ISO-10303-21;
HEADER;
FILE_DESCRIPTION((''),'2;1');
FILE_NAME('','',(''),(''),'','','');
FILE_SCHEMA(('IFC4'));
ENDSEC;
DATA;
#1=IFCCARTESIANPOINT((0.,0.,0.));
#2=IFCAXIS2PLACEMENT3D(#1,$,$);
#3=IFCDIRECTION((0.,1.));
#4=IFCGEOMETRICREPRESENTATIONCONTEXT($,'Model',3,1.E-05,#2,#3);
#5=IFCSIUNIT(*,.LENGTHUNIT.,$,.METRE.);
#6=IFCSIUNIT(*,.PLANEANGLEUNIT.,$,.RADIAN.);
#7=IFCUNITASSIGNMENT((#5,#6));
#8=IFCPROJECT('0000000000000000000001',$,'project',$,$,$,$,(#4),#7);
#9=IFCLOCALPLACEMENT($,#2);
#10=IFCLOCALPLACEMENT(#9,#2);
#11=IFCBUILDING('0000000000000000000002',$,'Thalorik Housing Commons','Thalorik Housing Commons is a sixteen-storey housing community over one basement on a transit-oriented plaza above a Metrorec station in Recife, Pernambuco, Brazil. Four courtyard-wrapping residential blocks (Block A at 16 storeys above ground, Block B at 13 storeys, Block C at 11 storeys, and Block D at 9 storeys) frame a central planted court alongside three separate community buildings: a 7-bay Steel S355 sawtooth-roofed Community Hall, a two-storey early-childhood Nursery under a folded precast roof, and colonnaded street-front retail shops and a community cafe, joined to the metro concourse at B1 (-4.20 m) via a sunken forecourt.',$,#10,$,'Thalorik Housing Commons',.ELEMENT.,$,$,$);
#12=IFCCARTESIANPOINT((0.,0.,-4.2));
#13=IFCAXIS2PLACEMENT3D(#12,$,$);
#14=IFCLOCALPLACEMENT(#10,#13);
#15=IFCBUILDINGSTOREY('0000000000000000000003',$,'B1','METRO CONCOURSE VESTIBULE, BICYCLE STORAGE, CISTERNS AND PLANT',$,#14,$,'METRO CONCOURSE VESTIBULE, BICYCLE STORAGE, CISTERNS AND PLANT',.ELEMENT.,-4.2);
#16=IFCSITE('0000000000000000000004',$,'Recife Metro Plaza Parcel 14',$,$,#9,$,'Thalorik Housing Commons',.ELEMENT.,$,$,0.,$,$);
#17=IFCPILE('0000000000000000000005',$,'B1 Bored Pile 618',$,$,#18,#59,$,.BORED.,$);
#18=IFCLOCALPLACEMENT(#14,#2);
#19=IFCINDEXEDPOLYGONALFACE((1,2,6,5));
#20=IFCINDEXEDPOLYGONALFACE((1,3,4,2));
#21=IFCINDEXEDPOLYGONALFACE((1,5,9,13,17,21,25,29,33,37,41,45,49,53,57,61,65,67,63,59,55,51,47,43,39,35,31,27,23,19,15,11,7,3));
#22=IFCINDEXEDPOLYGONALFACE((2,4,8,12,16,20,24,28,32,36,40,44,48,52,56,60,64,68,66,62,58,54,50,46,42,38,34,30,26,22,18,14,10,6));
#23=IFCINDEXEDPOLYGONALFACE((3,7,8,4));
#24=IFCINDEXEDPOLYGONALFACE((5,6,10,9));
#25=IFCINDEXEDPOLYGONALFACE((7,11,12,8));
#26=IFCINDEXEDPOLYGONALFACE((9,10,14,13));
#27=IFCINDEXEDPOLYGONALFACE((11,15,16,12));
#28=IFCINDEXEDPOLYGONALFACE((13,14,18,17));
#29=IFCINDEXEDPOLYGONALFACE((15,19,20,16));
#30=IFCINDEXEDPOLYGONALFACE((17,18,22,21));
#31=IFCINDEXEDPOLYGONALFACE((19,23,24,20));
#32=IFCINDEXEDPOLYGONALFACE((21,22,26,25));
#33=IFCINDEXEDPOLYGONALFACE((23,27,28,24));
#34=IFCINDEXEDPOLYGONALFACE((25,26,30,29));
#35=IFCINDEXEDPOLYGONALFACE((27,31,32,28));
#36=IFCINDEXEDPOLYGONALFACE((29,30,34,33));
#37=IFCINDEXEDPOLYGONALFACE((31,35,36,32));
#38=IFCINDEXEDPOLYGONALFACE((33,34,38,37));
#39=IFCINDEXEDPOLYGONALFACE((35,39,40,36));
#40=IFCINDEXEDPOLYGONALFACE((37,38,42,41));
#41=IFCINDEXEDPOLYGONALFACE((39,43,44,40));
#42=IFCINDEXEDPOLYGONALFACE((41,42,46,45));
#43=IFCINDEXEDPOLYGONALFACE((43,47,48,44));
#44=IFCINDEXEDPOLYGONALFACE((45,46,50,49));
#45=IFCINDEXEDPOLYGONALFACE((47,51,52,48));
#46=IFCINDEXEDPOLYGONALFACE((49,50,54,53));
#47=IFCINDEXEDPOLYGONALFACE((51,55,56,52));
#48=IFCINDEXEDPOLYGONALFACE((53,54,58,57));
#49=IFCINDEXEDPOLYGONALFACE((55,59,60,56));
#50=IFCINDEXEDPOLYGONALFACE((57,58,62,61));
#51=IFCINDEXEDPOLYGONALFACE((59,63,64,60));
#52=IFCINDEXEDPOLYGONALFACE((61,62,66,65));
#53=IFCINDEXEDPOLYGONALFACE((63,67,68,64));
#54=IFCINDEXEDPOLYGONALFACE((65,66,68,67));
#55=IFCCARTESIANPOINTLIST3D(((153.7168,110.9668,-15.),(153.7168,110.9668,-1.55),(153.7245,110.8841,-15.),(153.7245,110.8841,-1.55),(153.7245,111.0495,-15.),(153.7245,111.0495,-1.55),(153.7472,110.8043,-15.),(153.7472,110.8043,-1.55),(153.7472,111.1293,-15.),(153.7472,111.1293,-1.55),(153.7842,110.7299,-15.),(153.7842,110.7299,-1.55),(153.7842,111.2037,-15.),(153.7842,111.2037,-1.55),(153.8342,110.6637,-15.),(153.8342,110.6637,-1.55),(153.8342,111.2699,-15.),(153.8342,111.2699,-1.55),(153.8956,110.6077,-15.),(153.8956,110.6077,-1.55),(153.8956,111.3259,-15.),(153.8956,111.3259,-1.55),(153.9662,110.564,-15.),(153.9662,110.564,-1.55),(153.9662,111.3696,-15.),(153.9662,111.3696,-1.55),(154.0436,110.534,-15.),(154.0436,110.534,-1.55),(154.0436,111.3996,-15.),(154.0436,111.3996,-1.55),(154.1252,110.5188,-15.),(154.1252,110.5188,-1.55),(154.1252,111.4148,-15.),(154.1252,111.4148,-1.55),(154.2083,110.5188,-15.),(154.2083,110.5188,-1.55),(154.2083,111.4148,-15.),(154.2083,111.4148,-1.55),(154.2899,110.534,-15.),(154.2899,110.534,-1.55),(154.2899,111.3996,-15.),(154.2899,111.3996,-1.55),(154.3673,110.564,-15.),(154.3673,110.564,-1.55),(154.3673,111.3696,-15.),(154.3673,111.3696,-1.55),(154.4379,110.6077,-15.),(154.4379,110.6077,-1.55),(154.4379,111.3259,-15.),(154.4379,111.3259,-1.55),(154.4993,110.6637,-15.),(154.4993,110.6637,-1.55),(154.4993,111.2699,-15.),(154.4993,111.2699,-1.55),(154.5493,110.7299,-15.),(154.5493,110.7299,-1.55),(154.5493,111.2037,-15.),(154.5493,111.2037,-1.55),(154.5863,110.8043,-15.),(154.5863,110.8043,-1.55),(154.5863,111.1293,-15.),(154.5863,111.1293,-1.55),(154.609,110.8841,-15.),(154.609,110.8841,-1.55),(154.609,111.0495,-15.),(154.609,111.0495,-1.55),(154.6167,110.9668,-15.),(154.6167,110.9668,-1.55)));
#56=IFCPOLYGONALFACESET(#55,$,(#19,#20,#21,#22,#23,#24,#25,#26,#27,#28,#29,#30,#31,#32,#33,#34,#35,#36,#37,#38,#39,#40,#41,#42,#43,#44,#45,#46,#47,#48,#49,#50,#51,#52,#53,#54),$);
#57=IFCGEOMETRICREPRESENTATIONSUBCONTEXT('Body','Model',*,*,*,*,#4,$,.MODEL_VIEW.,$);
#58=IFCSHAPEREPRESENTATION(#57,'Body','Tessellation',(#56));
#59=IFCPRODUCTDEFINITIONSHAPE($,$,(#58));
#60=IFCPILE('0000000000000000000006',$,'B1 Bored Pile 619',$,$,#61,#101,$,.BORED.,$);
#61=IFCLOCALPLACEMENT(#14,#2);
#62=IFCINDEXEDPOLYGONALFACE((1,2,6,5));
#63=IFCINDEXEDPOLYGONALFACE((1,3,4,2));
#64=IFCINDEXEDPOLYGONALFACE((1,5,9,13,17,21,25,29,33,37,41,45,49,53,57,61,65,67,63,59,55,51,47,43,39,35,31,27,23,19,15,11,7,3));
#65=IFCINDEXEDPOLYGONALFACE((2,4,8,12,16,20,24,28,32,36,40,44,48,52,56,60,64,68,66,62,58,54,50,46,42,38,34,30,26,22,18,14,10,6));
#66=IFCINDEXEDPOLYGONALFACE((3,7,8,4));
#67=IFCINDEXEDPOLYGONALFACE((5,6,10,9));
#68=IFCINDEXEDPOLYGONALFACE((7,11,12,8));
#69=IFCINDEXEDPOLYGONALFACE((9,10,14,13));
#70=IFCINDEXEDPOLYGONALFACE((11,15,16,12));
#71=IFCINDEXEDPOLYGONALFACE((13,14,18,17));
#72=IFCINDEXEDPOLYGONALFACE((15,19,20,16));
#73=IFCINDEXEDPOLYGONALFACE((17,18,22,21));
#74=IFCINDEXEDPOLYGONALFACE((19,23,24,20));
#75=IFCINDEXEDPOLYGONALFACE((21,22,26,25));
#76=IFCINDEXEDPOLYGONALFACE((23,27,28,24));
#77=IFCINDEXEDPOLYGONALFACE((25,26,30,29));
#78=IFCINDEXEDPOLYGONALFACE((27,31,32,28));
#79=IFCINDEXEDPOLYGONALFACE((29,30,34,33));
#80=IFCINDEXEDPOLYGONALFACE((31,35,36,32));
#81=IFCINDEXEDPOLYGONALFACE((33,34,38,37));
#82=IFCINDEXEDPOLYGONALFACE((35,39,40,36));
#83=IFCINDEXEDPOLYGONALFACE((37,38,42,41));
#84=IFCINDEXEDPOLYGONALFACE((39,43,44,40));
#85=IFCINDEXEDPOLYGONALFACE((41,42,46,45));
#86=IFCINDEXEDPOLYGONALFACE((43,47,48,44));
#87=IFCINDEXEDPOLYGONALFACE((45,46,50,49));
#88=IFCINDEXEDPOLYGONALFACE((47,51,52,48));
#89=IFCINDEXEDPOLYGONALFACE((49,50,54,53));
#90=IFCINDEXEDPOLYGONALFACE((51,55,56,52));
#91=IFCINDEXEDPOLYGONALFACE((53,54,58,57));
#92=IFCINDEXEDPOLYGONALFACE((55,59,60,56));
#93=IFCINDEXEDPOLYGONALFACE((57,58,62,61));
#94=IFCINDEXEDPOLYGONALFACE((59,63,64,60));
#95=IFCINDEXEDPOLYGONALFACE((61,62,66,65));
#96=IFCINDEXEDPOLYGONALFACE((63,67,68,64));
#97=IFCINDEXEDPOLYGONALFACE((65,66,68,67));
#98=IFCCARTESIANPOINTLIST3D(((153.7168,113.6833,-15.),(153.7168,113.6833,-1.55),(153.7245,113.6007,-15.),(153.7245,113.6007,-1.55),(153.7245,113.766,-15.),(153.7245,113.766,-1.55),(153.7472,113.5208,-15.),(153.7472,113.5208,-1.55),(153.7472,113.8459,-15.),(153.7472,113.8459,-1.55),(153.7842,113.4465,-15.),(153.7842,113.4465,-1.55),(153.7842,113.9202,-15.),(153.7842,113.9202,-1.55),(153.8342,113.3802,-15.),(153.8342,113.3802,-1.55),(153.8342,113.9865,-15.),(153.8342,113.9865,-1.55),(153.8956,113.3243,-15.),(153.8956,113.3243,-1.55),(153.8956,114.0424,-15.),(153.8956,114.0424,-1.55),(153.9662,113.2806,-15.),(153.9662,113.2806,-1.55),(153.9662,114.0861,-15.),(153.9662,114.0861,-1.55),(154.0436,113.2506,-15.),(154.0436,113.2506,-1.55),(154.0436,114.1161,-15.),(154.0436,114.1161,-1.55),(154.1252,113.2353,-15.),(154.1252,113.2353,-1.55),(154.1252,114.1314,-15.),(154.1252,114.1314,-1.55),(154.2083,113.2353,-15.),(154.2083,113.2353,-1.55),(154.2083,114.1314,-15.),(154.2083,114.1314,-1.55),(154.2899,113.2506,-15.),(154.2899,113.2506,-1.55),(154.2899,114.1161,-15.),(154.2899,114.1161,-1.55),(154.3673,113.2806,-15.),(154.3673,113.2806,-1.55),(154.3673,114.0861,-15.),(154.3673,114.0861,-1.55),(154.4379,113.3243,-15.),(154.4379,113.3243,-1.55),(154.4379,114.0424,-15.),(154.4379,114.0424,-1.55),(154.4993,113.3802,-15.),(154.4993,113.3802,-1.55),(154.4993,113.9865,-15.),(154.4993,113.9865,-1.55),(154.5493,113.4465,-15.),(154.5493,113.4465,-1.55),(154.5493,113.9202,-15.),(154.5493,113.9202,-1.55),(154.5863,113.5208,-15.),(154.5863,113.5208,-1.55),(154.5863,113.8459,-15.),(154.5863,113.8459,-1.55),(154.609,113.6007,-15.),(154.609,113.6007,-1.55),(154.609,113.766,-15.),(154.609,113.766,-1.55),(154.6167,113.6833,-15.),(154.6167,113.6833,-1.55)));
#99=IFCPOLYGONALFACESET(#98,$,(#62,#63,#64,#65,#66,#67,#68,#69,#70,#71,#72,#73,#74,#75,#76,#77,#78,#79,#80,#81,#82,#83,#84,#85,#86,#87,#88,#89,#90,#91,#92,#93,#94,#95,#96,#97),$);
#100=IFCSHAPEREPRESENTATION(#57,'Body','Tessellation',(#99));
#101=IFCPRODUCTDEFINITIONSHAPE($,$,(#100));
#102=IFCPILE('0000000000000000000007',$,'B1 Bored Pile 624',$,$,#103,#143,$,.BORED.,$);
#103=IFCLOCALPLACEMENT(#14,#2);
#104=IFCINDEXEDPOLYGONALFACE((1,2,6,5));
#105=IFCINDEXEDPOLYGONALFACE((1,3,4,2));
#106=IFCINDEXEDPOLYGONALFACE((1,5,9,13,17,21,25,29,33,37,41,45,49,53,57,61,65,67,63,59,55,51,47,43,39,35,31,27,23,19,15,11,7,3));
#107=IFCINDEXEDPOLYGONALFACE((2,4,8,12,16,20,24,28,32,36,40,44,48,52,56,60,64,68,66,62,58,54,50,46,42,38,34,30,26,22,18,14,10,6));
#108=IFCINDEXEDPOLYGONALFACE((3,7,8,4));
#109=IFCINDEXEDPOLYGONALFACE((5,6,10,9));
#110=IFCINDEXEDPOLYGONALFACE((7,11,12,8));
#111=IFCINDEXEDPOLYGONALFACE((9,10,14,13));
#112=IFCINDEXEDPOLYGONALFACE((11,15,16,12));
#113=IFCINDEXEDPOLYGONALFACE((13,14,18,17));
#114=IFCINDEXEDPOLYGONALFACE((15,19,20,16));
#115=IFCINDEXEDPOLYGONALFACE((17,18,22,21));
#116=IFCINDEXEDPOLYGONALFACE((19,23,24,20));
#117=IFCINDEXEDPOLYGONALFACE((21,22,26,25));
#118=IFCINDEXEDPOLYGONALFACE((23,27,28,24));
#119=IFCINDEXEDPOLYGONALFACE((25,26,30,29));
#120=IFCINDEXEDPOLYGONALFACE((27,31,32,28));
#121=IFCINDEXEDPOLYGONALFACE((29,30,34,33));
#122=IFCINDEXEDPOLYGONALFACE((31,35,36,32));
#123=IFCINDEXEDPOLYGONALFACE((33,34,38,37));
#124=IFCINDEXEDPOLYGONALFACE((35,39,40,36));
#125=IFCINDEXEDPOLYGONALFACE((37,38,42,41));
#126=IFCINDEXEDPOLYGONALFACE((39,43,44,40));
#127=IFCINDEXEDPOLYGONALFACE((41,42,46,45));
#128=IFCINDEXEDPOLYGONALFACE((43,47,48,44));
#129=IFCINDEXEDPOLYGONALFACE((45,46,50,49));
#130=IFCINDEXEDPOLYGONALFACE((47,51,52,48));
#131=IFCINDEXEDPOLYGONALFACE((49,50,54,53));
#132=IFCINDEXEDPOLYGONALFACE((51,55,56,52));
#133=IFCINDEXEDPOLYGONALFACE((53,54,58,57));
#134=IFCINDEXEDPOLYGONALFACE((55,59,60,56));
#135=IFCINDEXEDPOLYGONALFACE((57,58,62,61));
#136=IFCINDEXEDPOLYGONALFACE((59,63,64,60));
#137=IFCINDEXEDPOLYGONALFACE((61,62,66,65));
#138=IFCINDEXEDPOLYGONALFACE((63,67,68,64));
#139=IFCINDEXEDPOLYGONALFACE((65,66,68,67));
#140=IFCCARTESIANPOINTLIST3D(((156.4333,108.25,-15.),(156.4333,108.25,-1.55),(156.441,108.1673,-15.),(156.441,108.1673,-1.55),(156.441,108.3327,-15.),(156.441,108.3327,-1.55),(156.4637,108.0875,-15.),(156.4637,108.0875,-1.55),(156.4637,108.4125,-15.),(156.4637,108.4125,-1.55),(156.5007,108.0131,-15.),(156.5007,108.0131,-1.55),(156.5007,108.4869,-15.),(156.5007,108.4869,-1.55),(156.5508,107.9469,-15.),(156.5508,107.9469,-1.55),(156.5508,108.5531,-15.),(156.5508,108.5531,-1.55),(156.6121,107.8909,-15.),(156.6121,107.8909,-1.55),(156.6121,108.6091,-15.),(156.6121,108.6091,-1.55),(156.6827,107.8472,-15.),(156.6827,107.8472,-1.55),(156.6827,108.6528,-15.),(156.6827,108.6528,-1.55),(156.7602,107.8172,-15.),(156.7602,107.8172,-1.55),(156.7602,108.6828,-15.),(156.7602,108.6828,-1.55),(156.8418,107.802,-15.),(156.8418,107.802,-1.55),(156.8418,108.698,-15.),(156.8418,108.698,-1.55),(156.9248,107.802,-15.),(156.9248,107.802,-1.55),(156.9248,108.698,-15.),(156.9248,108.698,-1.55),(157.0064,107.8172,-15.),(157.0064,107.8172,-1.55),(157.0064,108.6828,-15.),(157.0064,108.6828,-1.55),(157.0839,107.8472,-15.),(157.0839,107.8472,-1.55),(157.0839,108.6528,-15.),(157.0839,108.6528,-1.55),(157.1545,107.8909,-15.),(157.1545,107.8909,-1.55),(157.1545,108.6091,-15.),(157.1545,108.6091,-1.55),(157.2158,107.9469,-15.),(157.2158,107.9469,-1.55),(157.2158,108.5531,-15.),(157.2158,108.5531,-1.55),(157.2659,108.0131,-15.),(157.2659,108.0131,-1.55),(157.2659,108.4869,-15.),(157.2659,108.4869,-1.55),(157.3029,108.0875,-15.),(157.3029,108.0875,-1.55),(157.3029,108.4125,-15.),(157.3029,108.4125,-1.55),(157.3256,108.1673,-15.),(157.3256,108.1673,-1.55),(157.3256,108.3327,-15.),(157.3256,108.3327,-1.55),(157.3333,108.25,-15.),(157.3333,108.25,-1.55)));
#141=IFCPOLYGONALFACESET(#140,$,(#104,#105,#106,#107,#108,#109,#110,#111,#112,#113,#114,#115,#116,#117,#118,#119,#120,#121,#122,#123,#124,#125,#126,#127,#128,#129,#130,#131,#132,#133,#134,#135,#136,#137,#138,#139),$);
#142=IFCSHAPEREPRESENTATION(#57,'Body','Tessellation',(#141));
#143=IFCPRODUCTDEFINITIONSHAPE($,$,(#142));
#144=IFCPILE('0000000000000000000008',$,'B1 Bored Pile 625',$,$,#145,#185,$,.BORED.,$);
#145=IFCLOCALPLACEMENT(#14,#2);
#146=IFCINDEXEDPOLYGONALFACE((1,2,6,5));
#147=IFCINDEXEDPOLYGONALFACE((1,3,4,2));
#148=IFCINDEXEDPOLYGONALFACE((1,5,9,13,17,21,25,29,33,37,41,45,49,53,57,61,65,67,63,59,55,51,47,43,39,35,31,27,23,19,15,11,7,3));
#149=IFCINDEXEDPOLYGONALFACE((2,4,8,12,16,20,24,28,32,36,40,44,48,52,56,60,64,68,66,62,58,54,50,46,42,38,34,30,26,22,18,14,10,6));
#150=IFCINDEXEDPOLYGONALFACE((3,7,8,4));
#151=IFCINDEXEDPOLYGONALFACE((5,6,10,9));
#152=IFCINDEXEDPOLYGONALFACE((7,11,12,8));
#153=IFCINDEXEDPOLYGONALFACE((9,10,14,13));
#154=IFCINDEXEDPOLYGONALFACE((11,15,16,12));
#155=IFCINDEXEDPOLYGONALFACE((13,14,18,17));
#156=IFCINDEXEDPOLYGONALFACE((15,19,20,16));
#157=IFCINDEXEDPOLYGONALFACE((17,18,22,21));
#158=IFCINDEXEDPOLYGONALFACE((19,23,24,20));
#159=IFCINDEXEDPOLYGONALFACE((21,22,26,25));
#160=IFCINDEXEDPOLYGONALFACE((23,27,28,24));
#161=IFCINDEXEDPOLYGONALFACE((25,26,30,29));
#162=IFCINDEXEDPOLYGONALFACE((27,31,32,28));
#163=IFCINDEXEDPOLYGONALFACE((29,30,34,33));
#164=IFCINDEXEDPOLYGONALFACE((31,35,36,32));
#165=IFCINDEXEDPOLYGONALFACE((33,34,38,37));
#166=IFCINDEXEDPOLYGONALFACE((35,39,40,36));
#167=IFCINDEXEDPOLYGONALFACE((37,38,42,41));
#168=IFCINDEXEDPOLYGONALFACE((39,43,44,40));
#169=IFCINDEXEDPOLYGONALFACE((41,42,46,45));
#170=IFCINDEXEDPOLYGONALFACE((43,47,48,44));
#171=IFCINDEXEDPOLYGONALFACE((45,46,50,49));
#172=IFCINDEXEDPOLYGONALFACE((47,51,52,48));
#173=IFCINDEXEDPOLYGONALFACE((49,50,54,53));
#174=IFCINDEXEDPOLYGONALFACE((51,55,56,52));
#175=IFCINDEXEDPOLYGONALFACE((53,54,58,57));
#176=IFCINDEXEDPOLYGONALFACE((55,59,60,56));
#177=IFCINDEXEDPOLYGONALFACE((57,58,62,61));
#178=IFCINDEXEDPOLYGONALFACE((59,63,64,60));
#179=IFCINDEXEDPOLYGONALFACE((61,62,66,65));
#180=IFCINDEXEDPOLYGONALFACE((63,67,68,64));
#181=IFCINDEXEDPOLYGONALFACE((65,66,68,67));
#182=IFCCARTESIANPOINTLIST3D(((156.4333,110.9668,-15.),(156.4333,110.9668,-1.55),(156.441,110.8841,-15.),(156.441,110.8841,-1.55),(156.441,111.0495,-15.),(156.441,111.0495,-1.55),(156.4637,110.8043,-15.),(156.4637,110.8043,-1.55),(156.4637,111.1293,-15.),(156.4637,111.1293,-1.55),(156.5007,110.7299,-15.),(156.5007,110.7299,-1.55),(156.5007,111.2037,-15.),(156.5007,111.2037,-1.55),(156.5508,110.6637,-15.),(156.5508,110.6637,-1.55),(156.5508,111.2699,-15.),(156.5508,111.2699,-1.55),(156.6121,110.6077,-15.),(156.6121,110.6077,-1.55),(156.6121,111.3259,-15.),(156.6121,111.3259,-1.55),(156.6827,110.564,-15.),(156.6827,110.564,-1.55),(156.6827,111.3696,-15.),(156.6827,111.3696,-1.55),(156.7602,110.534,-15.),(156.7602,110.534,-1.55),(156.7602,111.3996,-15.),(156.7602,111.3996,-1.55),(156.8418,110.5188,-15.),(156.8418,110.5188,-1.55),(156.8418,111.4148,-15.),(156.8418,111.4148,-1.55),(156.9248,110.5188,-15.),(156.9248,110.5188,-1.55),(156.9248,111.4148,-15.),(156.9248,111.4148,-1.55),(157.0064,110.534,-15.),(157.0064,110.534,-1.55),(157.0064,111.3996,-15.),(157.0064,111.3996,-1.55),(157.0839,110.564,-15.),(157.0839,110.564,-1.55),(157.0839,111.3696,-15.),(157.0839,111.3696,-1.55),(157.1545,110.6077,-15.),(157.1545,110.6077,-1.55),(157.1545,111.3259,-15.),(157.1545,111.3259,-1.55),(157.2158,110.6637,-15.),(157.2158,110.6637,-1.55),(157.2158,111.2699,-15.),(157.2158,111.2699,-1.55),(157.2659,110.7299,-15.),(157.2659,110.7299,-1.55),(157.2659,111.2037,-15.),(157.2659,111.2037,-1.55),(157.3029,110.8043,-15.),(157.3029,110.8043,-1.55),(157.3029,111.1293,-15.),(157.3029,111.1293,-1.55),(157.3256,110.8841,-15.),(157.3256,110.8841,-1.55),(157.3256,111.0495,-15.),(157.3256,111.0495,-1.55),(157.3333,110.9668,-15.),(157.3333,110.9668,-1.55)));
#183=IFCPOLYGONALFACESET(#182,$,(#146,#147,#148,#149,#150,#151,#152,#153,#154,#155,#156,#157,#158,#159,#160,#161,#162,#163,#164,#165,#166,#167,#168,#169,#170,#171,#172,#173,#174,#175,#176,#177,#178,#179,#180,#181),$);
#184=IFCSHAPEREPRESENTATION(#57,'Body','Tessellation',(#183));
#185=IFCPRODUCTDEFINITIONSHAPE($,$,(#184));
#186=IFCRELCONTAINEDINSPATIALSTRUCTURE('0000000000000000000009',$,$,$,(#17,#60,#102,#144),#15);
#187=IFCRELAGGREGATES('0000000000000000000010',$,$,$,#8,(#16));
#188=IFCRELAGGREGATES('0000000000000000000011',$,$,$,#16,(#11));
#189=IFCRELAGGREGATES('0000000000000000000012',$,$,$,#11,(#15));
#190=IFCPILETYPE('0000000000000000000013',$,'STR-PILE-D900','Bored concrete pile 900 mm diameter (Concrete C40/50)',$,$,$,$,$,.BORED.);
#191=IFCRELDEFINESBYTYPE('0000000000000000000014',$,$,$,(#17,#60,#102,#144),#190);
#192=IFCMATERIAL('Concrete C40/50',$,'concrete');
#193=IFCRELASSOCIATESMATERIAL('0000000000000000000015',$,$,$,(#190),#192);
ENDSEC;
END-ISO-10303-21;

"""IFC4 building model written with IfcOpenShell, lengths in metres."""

from ifc_helpers import new_model, si_unit, direction, frame, origin, origin_2d, place, context, subcontext, project, spatial, circle, extrude, material, material_profile, profile_set, type_object, element, save


model = new_model("IFC4")

# Units and contexts
model_context = context("Model", 3, precision=1e-05, world=origin(), true_north=direction((0.0, 1.0)))
body_context = subcontext(model_context, "Body", "Model", "MODEL_VIEW")
ifc_project = project(units=[si_unit("LENGTHUNIT", "METRE"), si_unit("PLANEANGLEUNIT", "RADIAN")], contexts=[model_context])

# Site, building, storey
site_placement = place(None, origin())
site = spatial("IfcSite", under=ifc_project, at=site_placement, Name="Recife Metro Plaza Parcel 14", LongName="Thalorik Housing Commons", CompositionType="ELEMENT", RefElevation=0.0)
building_placement = place(site_placement, origin())
building = spatial("IfcBuilding", under=site, at=building_placement, Name="Thalorik Housing Commons", Description="Thalorik Housing Commons is a sixteen-storey housing community over one basement on a transit-oriented plaza above a Metrorec station in Recife, Pernambuco, Brazil. Four courtyard-wrapping residential blocks (Block A at 16 storeys above ground, Block B at 13 storeys, Block C at 11 storeys, and Block D at 9 storeys) frame a central planted court alongside three separate community buildings: a 7-bay Steel S355 sawtooth-roofed Community Hall, a two-storey early-childhood Nursery under a folded precast roof, and colonnaded street-front retail shops and a community cafe, joined to the metro concourse at B1 (-4.20 m) via a sunken forecourt.", LongName="Thalorik Housing Commons", CompositionType="ELEMENT")
storey_placement = place(building_placement, frame((0.0, 0.0, -4.2)))
storey = spatial("IfcBuildingStorey", under=building, at=storey_placement, Name="B1", Description="METRO CONCOURSE VESTIBULE, BICYCLE STORAGE, CISTERNS AND PLANT", LongName="METRO CONCOURSE VESTIBULE, BICYCLE STORAGE, CISTERNS AND PLANT", CompositionType="ELEMENT", Elevation=-4.2)

# Shared definitions
ifc_material_1 = material(Name="Concrete C40/50", Category="concrete")

# Piles
ifc_material_profile_1 = material_profile(ifc_material_1, circle(Radius=0.45, at=origin_2d()), Name="BORED PILE D900", Category="concrete")
ifc_profile_set_1 = profile_set([ifc_material_profile_1], Name="Concrete C40/50")
pile_type_1 = type_object("IfcPileType", Name="STR-PILE-D900", Description="Bored concrete pile 900 mm diameter (Concrete C40/50)", PredefinedType="BORED", material=ifc_profile_set_1)
for number, where, z_axis, x_axis, name in (
    (1, (154.1667, 110.9668, -1.55), (0.0, 0.0, -1.0), (1.0, 0.0, 0.0), "B1 Bored Pile 618"),
    (2, (154.1667, 113.6833, -1.55), (0.0, 0.0, -1.0), (1.0, 0.0, 0.0), "B1 Bored Pile 619"),
    (3, (156.8833, 108.25, -1.55), (0.0, 0.0, -1.0), (1.0, 0.0, 0.0), "B1 Bored Pile 624"),
    (4, (156.8833, 110.9668, -1.55), (0.0, 0.0, -1.0), (1.0, 0.0, 0.0), "B1 Bored Pile 625"),
):
    element("IfcPile", number, at=place(storey_placement, frame(where, z_axis=z_axis, x_axis=x_axis)), inside=storey, type_object=pile_type_1, Name=name, PredefinedType="BORED", context=body_context, shape_type="SweptSolid", body=[
        extrude(circle(Radius=0.45, at=origin_2d()), origin(), (0.0, 0.0, 1.0), 13.45),
    ])

save(model, "model.ifc")
